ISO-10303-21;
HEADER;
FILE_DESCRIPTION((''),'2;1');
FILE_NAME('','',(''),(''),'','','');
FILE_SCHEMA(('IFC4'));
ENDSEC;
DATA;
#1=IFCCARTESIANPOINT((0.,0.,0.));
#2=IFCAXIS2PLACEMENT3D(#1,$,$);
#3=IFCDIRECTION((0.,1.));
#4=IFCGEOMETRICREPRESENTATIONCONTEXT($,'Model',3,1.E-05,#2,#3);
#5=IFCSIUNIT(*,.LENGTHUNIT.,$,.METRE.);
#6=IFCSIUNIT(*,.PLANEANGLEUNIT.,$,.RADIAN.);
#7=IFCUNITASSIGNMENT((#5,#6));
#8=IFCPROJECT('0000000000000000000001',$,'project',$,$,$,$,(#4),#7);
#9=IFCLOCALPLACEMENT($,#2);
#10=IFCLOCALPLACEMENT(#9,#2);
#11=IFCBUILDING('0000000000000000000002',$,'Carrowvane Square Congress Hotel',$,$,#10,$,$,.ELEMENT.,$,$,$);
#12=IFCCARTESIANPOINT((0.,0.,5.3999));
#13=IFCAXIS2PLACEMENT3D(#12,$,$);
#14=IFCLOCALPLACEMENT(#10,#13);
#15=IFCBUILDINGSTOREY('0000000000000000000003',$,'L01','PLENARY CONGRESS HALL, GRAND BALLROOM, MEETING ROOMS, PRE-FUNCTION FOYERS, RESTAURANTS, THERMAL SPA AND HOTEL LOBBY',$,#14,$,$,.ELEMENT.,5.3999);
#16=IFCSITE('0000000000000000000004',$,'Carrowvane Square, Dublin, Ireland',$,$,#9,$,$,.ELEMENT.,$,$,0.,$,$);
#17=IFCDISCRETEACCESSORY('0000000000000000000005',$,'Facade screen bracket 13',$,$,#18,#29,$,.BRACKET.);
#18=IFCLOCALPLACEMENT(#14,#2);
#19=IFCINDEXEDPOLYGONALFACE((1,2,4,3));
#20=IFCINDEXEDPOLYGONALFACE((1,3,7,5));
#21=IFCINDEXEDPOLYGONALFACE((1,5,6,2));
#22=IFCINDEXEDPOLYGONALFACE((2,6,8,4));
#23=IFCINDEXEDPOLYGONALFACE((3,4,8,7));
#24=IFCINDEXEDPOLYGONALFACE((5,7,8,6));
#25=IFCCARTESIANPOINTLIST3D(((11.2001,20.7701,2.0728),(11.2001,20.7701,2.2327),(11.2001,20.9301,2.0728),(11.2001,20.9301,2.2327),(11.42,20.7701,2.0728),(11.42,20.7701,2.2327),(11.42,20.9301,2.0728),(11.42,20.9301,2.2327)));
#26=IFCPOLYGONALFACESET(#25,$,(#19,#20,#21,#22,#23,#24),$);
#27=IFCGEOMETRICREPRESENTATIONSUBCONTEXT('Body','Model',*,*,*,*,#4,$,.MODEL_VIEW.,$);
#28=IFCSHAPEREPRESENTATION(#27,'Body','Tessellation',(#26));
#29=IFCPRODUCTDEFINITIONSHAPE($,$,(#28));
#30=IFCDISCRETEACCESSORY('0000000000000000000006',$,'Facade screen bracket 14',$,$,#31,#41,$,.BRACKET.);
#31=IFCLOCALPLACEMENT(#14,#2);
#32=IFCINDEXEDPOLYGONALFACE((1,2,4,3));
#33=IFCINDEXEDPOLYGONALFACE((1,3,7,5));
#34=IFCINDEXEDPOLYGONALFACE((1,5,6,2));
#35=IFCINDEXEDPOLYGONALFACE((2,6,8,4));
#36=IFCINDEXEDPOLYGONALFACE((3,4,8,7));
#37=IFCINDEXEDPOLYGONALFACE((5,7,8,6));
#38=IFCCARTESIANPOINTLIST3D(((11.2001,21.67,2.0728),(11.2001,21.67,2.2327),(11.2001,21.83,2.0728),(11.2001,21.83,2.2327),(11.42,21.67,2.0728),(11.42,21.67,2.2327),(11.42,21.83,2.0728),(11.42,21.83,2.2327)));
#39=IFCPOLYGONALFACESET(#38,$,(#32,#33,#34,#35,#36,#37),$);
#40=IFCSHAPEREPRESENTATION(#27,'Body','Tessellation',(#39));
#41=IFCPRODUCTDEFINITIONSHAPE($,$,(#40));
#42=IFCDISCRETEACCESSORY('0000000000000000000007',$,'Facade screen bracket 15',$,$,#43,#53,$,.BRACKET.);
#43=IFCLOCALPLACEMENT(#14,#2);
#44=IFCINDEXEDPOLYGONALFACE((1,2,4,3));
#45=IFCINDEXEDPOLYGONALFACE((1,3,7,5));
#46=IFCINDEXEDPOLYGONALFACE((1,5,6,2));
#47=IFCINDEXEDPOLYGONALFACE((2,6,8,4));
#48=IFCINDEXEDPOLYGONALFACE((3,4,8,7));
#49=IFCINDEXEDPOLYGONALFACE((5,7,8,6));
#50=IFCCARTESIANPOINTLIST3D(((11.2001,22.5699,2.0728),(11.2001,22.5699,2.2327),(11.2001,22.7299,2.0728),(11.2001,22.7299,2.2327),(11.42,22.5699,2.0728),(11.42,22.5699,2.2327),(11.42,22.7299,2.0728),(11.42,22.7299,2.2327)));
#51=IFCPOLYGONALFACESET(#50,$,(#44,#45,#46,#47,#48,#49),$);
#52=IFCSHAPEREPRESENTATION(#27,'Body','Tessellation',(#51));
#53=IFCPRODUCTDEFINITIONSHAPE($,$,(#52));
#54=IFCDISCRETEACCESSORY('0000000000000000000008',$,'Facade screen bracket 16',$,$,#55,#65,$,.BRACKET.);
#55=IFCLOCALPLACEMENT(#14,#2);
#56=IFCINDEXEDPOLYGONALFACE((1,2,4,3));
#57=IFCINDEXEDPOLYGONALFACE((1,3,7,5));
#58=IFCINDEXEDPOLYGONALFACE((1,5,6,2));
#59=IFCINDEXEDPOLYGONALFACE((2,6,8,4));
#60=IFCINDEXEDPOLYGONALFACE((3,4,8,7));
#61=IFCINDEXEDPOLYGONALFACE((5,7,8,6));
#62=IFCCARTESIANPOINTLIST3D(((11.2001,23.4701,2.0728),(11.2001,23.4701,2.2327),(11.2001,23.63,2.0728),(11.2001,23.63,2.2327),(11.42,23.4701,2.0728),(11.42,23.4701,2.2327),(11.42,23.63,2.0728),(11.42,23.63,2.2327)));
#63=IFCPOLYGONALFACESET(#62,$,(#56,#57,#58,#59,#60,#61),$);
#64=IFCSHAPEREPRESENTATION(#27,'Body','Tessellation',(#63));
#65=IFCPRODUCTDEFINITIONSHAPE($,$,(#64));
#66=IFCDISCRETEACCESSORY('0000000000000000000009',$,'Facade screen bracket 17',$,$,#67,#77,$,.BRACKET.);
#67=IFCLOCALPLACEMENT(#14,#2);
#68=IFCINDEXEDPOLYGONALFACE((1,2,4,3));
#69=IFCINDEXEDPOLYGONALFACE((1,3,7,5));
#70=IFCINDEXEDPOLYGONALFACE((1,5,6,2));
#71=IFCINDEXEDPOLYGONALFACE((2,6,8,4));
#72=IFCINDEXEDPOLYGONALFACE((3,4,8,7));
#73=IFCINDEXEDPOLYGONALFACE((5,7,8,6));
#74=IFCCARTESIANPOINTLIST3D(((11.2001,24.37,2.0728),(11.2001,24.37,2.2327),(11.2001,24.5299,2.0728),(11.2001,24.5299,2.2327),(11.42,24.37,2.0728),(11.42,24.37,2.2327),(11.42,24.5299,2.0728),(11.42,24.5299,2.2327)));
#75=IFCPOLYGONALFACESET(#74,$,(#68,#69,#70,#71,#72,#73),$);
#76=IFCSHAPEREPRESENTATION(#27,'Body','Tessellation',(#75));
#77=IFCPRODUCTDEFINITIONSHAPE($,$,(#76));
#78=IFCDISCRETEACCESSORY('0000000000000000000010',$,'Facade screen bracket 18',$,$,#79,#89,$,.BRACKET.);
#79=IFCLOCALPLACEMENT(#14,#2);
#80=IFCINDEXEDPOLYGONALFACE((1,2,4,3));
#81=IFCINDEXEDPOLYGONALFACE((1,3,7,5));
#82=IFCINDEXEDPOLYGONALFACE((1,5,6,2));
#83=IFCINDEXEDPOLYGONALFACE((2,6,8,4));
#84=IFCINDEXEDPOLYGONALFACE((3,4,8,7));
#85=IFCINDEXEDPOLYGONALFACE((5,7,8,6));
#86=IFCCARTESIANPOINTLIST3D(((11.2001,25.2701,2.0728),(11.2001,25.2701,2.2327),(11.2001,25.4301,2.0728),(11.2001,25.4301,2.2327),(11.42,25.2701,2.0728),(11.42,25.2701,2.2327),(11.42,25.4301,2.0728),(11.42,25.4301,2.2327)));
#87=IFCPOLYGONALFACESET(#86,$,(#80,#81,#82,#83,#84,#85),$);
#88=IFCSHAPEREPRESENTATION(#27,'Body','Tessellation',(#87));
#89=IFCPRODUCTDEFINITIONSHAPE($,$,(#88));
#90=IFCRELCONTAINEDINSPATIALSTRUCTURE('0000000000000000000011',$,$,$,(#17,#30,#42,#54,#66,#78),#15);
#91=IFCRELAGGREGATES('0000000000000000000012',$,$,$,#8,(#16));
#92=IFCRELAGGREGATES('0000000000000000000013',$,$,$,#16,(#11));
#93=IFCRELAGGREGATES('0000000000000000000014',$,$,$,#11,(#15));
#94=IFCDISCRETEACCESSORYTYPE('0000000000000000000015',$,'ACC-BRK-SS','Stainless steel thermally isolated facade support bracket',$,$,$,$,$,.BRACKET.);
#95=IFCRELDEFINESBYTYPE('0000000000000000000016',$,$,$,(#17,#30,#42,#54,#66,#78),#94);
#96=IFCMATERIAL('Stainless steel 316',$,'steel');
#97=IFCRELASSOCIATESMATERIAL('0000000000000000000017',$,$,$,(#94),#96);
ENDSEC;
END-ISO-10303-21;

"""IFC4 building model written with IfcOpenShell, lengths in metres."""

from ifc_helpers import new_model, si_unit, direction, frame, origin, origin_2d, place, context, subcontext, project, spatial, rectangle, extrude, material, type_object, element, save


model = new_model("IFC4")

# Units and contexts
model_context = context("Model", 3, precision=1e-05, world=origin(), true_north=direction((0.0, 1.0)))
body_context = subcontext(model_context, "Body", "Model", "MODEL_VIEW")
ifc_project = project(units=[si_unit("LENGTHUNIT", "METRE"), si_unit("PLANEANGLEUNIT", "RADIAN")], contexts=[model_context])

# Site, building, storey
site_placement = place(None, origin())
site = spatial("IfcSite", under=ifc_project, at=site_placement, Name="Carrowvane Square, Dublin, Ireland", CompositionType="ELEMENT", RefElevation=0.0)
building_placement = place(site_placement, origin())
building = spatial("IfcBuilding", under=site, at=building_placement, Name="Carrowvane Square Congress Hotel", CompositionType="ELEMENT")
storey_placement = place(building_placement, frame((0.0, 0.0, 5.3999)))
storey = spatial("IfcBuildingStorey", under=building, at=storey_placement, Name="L01", Description="PLENARY CONGRESS HALL, GRAND BALLROOM, MEETING ROOMS, PRE-FUNCTION FOYERS, RESTAURANTS, THERMAL SPA AND HOTEL LOBBY", CompositionType="ELEMENT", Elevation=5.3999)

# Discrete accessories
ifc_material_1 = material(Name="Stainless steel 316", Category="steel")
discrete_accessory_type = type_object("IfcDiscreteAccessoryType", Name="ACC-BRK-SS", Description="Stainless steel thermally isolated facade support bracket", PredefinedType="BRACKET", material=ifc_material_1)
for number, where, z_axis, x_axis, name in (
    (1, (11.3101, 20.8501, 2.0728), (0.0, 0.0, 1.0), (0.0, 1.0, 0.0), "Facade screen bracket 13"),
    (2, (11.3101, 21.75, 2.0728), (0.0, 0.0, 1.0), (0.0, 1.0, 0.0), "Facade screen bracket 14"),
    (3, (11.3101, 22.6499, 2.0728), (0.0, 0.0, 1.0), (0.0, 1.0, 0.0), "Facade screen bracket 15"),
    (4, (11.3101, 23.55, 2.0728), (0.0, 0.0, 1.0), (0.0, 1.0, 0.0), "Facade screen bracket 16"),
    (5, (11.3101, 24.45, 2.0728), (0.0, 0.0, 1.0), (0.0, 1.0, 0.0), "Facade screen bracket 17"),
    (6, (11.3101, 25.3501, 2.0728), (0.0, 0.0, 1.0), (0.0, 1.0, 0.0), "Facade screen bracket 18"),
):
    element("IfcDiscreteAccessory", number, at=place(storey_placement, frame(where, z_axis=z_axis, x_axis=x_axis)), inside=storey, type_object=discrete_accessory_type, Name=name, PredefinedType="BRACKET", context=body_context, shape_type="SweptSolid", body=[
        extrude(rectangle(XDim=0.1599, YDim=0.22, at=origin_2d()), origin(), (0.0, 0.0, 1.0), 0.1599),
    ])

save(model, "model.ifc")
